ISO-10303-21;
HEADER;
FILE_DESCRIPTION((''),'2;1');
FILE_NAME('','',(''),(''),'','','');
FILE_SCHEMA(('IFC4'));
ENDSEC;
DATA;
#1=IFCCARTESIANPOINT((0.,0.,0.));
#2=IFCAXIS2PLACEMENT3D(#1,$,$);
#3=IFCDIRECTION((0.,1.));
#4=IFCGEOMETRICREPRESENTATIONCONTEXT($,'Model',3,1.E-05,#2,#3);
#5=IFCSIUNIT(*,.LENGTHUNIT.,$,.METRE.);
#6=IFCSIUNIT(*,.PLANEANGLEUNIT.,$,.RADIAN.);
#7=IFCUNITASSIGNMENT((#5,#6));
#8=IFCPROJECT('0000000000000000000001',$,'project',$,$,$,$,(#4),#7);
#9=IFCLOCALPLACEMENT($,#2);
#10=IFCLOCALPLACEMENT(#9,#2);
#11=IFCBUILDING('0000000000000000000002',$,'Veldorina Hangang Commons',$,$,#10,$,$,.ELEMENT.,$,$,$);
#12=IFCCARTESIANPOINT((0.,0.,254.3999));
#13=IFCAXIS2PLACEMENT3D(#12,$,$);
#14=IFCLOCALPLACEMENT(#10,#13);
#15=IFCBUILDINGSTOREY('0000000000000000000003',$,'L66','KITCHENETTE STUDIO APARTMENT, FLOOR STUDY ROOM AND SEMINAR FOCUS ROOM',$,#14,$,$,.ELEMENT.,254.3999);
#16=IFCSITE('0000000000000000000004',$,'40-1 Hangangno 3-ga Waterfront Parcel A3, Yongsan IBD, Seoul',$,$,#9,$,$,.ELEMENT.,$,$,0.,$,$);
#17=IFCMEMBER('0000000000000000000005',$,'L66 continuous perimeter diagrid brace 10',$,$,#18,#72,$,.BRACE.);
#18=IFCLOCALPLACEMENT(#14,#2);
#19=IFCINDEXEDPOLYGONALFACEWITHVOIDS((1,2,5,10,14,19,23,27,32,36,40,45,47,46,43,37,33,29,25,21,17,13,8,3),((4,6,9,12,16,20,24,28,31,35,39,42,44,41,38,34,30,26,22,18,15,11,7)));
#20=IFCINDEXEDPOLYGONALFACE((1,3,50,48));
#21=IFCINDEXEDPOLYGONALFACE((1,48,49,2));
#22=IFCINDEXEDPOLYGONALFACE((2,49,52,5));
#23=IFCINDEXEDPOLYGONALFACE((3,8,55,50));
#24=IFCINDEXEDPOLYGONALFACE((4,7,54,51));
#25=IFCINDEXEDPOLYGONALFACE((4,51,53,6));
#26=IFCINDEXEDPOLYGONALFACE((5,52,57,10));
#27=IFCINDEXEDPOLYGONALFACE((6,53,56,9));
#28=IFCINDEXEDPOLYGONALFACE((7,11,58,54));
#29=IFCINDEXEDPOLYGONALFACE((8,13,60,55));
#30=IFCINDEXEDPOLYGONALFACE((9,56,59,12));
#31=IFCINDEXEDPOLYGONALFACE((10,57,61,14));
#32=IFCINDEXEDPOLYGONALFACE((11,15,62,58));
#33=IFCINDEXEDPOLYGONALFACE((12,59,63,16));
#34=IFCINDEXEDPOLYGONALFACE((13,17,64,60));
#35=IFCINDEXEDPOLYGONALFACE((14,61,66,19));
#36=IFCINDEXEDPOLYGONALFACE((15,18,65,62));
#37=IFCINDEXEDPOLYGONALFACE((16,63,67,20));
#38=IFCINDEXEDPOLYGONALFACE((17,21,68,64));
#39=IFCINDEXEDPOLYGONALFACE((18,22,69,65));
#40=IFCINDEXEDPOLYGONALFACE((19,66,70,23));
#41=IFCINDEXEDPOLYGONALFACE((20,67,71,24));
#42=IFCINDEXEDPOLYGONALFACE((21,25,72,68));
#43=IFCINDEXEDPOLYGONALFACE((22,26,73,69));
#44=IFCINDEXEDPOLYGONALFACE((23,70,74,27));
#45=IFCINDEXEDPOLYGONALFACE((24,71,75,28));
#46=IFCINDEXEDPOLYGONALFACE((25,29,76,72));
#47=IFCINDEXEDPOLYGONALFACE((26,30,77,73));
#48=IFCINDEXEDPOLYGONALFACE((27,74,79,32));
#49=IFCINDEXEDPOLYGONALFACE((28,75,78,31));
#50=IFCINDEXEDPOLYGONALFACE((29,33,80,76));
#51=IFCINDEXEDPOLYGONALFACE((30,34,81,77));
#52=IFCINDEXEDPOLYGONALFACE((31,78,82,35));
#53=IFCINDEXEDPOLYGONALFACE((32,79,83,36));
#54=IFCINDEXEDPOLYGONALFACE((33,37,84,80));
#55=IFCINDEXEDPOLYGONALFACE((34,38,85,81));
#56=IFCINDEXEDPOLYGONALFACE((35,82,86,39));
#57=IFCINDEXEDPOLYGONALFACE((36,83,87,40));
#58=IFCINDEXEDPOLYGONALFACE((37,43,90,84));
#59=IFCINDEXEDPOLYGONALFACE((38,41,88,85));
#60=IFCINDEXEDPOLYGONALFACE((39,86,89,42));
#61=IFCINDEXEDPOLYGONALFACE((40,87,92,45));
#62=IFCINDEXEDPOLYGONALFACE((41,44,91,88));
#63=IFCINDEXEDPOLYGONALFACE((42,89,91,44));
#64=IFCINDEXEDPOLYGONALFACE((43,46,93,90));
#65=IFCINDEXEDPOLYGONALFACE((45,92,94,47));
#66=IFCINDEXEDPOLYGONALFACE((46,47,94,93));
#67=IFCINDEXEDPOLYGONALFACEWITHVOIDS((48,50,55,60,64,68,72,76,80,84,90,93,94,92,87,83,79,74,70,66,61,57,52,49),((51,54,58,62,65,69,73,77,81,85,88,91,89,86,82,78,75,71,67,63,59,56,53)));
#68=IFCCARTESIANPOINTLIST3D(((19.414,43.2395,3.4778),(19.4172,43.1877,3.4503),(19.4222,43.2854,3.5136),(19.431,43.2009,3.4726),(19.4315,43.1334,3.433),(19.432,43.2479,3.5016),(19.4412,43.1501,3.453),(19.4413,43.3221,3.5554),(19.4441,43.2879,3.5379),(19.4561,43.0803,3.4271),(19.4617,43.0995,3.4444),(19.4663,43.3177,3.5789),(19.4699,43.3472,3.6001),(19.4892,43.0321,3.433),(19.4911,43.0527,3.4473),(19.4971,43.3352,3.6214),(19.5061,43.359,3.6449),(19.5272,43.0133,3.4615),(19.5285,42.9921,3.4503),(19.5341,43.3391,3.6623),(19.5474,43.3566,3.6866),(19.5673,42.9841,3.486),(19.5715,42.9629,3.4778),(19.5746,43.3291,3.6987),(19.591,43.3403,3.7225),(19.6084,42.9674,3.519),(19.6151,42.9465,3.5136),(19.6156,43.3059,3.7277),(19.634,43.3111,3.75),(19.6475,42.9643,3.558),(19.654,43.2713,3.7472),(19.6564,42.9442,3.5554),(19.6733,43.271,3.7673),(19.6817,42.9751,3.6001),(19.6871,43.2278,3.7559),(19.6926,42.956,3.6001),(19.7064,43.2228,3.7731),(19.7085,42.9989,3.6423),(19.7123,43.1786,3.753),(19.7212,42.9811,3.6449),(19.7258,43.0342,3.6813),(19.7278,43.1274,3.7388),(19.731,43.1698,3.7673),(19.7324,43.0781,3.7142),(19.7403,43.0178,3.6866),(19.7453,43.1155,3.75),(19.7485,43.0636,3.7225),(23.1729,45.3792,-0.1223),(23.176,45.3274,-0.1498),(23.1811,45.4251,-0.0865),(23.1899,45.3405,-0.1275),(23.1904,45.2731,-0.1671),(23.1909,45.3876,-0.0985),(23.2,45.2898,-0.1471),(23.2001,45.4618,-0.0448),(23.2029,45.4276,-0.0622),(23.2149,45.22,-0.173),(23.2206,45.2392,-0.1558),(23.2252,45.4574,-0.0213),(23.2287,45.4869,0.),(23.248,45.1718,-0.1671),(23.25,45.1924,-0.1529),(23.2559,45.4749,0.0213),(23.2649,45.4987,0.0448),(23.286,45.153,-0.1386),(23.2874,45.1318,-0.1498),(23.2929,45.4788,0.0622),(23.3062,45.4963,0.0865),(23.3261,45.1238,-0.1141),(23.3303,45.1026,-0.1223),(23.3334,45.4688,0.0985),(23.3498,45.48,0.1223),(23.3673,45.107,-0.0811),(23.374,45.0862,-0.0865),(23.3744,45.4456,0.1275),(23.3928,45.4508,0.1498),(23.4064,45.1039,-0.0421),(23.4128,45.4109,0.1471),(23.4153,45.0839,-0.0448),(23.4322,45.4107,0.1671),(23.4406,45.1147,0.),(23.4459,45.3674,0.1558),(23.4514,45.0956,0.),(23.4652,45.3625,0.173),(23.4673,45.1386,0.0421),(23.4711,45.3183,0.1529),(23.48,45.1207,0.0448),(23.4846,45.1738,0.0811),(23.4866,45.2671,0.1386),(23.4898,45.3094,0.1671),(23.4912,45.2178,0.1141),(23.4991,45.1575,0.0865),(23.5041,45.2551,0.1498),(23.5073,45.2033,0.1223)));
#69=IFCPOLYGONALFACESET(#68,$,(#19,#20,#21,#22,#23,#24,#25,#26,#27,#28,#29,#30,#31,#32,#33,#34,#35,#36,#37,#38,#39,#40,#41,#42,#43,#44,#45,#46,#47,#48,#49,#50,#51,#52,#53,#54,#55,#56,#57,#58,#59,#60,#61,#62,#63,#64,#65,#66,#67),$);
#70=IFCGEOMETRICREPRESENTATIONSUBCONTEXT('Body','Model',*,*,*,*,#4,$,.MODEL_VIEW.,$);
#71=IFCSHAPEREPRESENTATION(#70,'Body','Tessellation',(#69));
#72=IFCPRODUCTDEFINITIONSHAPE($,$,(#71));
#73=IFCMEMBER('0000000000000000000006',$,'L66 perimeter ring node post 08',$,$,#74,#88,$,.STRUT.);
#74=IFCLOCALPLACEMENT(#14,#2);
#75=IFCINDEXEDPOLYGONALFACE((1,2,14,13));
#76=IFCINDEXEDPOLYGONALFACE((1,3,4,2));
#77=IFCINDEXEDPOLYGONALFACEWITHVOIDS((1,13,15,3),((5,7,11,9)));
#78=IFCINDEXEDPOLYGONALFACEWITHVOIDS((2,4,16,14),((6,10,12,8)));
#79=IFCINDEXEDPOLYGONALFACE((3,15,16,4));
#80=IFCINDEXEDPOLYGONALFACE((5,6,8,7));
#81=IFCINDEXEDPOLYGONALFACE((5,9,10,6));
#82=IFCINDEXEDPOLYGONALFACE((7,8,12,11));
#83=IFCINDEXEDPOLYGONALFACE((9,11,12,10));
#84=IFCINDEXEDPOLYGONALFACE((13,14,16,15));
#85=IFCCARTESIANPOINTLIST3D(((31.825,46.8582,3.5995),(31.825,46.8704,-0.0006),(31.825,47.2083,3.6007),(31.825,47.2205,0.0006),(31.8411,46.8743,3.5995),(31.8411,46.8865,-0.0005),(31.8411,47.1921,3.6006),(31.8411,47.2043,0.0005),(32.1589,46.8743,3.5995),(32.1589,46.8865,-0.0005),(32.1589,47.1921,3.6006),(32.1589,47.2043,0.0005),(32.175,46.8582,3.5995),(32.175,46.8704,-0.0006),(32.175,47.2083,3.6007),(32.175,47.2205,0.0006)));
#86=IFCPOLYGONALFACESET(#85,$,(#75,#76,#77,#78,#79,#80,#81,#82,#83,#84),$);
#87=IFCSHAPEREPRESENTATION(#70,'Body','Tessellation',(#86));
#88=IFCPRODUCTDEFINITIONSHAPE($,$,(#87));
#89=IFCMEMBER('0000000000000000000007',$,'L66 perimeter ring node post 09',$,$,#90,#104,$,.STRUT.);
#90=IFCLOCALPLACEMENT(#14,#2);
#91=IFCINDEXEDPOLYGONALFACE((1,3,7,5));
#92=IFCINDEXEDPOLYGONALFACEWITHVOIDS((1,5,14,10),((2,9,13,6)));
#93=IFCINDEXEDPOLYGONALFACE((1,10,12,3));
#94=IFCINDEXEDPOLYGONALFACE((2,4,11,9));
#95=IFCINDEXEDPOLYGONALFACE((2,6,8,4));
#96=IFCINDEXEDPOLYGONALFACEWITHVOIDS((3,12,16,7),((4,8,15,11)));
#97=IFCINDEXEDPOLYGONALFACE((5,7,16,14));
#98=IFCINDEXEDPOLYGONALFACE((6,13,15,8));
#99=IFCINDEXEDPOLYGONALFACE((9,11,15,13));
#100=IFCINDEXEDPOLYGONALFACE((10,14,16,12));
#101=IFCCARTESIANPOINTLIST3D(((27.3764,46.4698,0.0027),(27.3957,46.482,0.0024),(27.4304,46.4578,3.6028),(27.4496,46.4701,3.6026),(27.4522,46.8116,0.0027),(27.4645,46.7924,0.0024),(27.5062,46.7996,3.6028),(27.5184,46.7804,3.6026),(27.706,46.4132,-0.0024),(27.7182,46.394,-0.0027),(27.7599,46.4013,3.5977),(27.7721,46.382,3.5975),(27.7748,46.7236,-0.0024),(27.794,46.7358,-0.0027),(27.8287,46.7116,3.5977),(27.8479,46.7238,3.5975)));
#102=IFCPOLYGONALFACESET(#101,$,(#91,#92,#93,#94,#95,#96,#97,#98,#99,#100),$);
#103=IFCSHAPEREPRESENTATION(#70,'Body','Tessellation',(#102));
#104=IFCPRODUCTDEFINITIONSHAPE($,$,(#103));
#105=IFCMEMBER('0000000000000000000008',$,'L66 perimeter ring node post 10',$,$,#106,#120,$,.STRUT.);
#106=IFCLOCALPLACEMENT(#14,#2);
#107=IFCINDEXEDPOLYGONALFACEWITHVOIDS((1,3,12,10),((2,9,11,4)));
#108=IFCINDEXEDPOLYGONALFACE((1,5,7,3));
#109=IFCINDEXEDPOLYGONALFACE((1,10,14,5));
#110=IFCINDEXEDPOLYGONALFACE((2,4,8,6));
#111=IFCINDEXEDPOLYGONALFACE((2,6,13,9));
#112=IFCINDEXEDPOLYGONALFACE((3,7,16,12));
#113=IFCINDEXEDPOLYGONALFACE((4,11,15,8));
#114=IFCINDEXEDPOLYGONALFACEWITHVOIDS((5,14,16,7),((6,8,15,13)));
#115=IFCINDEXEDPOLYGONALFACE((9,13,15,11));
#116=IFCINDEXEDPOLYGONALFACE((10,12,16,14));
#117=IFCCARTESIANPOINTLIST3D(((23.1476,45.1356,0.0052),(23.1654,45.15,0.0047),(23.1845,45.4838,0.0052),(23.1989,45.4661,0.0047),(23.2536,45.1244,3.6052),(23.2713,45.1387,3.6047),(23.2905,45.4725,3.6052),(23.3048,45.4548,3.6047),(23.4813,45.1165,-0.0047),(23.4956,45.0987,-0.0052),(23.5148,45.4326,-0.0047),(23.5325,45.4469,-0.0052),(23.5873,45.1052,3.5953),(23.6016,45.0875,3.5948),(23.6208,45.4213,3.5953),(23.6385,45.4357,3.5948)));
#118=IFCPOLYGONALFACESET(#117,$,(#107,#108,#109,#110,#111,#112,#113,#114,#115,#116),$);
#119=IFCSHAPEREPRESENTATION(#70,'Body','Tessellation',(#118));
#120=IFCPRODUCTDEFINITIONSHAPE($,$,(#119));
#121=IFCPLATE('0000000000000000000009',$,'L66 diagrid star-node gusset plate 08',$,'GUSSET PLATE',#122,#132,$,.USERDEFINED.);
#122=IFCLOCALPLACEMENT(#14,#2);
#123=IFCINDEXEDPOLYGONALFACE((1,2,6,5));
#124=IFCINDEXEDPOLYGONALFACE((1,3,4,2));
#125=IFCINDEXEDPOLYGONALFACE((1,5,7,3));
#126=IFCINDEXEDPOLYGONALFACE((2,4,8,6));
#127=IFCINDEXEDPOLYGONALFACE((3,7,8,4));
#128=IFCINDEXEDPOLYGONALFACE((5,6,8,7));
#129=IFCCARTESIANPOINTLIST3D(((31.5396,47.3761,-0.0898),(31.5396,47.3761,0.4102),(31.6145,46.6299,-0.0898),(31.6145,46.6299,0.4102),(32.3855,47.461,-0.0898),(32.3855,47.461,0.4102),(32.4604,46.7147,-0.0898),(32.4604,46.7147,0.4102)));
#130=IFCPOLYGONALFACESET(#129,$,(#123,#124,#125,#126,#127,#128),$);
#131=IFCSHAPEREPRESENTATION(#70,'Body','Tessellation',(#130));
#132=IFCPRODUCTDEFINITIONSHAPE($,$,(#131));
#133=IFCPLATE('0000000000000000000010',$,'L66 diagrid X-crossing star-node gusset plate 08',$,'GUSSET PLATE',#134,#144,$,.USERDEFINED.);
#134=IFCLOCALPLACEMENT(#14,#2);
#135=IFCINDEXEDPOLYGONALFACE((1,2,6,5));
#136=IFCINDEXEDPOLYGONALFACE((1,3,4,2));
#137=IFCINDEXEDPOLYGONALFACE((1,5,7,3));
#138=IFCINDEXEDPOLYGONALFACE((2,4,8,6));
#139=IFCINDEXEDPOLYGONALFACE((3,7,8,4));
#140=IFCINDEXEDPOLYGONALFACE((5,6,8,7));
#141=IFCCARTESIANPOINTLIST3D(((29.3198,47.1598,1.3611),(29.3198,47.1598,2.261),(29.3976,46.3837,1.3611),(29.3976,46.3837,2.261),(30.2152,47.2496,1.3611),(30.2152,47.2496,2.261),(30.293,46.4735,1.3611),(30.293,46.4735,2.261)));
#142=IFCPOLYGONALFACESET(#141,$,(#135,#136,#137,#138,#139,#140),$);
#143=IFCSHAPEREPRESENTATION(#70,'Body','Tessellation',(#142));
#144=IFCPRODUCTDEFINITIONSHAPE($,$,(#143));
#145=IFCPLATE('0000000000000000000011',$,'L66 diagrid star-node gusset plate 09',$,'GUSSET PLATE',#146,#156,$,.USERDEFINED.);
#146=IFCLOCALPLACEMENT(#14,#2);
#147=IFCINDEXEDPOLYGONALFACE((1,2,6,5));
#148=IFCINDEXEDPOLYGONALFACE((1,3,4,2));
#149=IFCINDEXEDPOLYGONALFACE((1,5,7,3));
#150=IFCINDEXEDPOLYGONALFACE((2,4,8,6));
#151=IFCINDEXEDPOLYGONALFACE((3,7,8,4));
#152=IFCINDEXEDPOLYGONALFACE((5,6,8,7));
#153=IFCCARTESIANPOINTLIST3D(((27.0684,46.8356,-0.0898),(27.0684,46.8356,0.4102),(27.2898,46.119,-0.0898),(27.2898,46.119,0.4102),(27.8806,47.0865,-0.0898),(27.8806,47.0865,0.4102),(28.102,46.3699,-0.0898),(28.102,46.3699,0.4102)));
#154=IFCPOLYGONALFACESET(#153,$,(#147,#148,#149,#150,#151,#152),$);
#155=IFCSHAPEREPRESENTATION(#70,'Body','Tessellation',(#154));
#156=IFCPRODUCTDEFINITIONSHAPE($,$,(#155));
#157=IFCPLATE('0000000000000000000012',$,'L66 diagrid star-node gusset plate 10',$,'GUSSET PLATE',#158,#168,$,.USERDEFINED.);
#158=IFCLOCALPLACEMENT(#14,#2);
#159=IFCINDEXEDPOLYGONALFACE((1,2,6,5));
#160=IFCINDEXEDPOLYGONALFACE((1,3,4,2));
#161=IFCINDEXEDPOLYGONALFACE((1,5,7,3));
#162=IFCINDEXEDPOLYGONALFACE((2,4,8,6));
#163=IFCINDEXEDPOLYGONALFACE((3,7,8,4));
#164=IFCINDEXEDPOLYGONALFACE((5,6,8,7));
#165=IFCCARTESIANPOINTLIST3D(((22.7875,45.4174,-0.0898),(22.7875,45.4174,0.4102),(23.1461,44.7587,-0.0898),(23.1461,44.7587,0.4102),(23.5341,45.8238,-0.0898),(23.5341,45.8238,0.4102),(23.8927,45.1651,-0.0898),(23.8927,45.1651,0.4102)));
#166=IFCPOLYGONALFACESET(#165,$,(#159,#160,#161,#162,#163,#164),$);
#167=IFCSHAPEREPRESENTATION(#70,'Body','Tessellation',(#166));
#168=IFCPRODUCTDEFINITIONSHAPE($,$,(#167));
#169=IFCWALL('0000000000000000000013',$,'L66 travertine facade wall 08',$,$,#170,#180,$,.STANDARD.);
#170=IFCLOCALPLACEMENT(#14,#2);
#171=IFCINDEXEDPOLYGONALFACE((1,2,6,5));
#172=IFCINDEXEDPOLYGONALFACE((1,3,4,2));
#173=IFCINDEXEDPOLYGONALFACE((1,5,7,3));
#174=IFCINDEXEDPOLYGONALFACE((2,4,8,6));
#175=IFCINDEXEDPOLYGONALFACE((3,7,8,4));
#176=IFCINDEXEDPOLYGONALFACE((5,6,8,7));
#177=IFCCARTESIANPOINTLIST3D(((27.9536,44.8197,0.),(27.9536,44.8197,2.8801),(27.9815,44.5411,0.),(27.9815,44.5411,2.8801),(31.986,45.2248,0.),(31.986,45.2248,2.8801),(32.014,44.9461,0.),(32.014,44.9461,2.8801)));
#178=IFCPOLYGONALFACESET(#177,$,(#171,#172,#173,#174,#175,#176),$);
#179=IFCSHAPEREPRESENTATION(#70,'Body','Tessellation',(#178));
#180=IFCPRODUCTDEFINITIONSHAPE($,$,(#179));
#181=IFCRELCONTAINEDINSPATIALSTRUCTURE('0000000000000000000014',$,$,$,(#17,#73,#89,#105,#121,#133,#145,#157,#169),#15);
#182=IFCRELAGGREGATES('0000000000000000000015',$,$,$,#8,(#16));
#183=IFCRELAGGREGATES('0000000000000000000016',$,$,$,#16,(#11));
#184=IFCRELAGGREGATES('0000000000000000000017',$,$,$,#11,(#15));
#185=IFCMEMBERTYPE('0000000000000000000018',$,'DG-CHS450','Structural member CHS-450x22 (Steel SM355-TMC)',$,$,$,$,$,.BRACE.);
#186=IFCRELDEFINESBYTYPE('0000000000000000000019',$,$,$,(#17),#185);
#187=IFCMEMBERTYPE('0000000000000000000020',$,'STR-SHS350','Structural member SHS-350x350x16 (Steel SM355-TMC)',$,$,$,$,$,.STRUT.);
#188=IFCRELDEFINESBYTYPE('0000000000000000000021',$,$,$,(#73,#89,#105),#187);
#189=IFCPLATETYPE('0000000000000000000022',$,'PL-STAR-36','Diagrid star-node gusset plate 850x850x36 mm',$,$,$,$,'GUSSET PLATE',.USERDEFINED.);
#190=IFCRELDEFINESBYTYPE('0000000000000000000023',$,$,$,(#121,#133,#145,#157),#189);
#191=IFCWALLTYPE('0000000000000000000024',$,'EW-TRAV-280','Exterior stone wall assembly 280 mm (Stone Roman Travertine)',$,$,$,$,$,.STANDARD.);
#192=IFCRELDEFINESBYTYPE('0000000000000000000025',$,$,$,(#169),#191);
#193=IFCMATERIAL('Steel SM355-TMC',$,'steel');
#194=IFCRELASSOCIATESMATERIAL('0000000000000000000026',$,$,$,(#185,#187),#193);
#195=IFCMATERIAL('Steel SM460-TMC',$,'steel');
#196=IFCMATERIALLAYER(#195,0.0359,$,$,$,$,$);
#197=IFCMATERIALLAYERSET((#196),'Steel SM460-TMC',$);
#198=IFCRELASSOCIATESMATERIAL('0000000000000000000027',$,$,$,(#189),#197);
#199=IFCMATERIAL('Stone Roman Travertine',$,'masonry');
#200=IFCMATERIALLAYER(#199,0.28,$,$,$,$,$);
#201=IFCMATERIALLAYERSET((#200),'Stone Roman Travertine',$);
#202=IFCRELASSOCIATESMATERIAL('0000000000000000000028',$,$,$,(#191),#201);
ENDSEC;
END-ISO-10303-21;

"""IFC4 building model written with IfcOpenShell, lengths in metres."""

from ifc_helpers import new_model, si_unit, direction, frame, frame_2d, origin, origin_2d, place, context, subcontext, project, spatial, rectangle, hollow_rectangle, hollow_circle, extrude, material, layer, layer_set, material_profile, profile_set, type_object, element, save


model = new_model("IFC4")

# Units and contexts
model_context = context("Model", 3, precision=1e-05, world=origin(), true_north=direction((0.0, 1.0)))
body_context = subcontext(model_context, "Body", "Model", "MODEL_VIEW")
ifc_project = project(units=[si_unit("LENGTHUNIT", "METRE"), si_unit("PLANEANGLEUNIT", "RADIAN")], contexts=[model_context])

# Site, building, storey
site_placement = place(None, origin())
site = spatial("IfcSite", under=ifc_project, at=site_placement, Name="40-1 Hangangno 3-ga Waterfront Parcel A3, Yongsan IBD, Seoul", CompositionType="ELEMENT", RefElevation=0.0)
building_placement = place(site_placement, origin())
building = spatial("IfcBuilding", under=site, at=building_placement, Name="Veldorina Hangang Commons", CompositionType="ELEMENT")
storey_placement = place(building_placement, frame((0.0, 0.0, 254.3999)))
storey = spatial("IfcBuildingStorey", under=building, at=storey_placement, Name="L66", Description="KITCHENETTE STUDIO APARTMENT, FLOOR STUDY ROOM AND SEMINAR FOCUS ROOM", CompositionType="ELEMENT", Elevation=254.3999)

# Shared definitions
ifc_material_1 = material(Name="Steel SM355-TMC", Category="steel")

# Members
ifc_material_profile_1 = material_profile(ifc_material_1, hollow_circle(Radius=0.2251, WallThickness=0.022, at=origin_2d()), Name="CHS-450x22")
ifc_profile_set_1 = profile_set([ifc_material_profile_1], Name="Steel SM355-TMC")
member_type_1 = type_object("IfcMemberType", Name="DG-CHS450", Description="Structural member CHS-450x22 (Steel SM355-TMC)", PredefinedType="BRACE", material=ifc_profile_set_1)
member_1_placement = place(storey_placement, frame((23.3401, 45.2913, 0.0), z_axis=(-0.667948, -0.380222, 0.639748), x_axis=(0.494704, -0.869062, 0.0)))
element("IfcMember", 1, at=member_1_placement, inside=storey, type_object=member_type_1, Name="L66 continuous perimeter diagrid brace 10", PredefinedType="BRACE", context=body_context, shape_type="SweptSolid", body=[
    extrude(hollow_circle(Radius=0.2251, WallThickness=0.022, at=origin_2d()), origin(), (0.0, 0.0, 1.0), 5.6274),
])
ifc_material_profile_2 = material_profile(ifc_material_1, hollow_rectangle(XDim=0.3501, YDim=0.3501, WallThickness=0.0161, at=origin_2d()), Name="SHS-350x350x16")
ifc_profile_set_2 = profile_set([ifc_material_profile_2], Name="Steel SM355-TMC")
member_type_2 = type_object("IfcMemberType", Name="STR-SHS350", Description="Structural member SHS-350x350x16 (Steel SM355-TMC)", PredefinedType="STRUT", material=ifc_profile_set_2)
member_2_placement = place(storey_placement, frame((32.0, 47.0454, 0.0), z_axis=(0.0, -0.003391, 0.999994), x_axis=(1.0, 0.0, 0.0)))
element("IfcMember", 2, at=member_2_placement, inside=storey, type_object=member_type_2, Name="L66 perimeter ring node post 08", PredefinedType="STRUT", context=body_context, shape_type="SweptSolid", body=[
    extrude(hollow_rectangle(XDim=0.3501, YDim=0.3501, WallThickness=0.0161, at=origin_2d()), origin(), (0.0, 0.0, 1.0), 3.6001),
])
member_3_placement = place(storey_placement, frame((27.5852, 46.6028, 0.0), z_axis=(0.014985, -0.003323, 0.999882), x_axis=(0.216463, 0.976291, 0.0)))
element("IfcMember", 3, at=member_3_placement, inside=storey, type_object=member_type_2, Name="L66 perimeter ring node post 09", PredefinedType="STRUT", context=body_context, shape_type="SweptSolid", body=[
    extrude(hollow_rectangle(XDim=0.3501, YDim=0.3501, WallThickness=0.0161, at=origin_2d()), origin(), (0.0, 0.0, 1.0), 3.6006),
])
member_4_placement = place(storey_placement, frame((23.3401, 45.2913, 0.0), z_axis=(0.029419, -0.003118, 0.999562), x_axis=(0.1054, 0.99443, 0.0)))
element("IfcMember", 4, at=member_4_placement, inside=storey, type_object=member_type_2, Name="L66 perimeter ring node post 10", PredefinedType="STRUT", context=body_context, shape_type="SweptSolid", body=[
    extrude(hollow_rectangle(XDim=0.3501, YDim=0.3501, WallThickness=0.0161, at=origin_2d()), origin(), (0.0, 0.0, 1.0), 3.6016),
])

# Plates
ifc_material_2 = material(Name="Steel SM460-TMC", Category="steel")
ifc_layer_1 = layer(ifc_material_2, 0.0359)
ifc_layer_set_1 = layer_set([ifc_layer_1], Name="Steel SM460-TMC")
plate_type = type_object("IfcPlateType", Name="PL-STAR-36", Description="Diagrid star-node gusset plate 850x850x36 mm", ElementType="GUSSET PLATE", PredefinedType="USERDEFINED", material=ifc_layer_set_1)
plate_1_placement = place(storey_placement, frame((32.0, 47.0454, -0.0898), z_axis=(0.0, 0.0, 1.0), x_axis=(-0.995007, -0.099806, 0.0)))
element("IfcPlate", 5, at=plate_1_placement, inside=storey, type_object=plate_type, Name="L66 diagrid star-node gusset plate 08", ObjectType="GUSSET PLATE", PredefinedType="USERDEFINED", context=body_context, shape_type="SweptSolid", body=[
    extrude(rectangle(XDim=0.8501, YDim=0.75, at=origin_2d()), origin(), (0.0, 0.0, 1.0), 0.5),
])
plate_2_placement = place(storey_placement, frame((29.8064, 46.8167, 1.3611), z_axis=(0.0, 0.0, 1.0), x_axis=(-0.995007, -0.099806, 0.0)))
element("IfcPlate", 6, at=plate_2_placement, inside=storey, type_object=plate_type, Name="L66 diagrid X-crossing star-node gusset plate 08", ObjectType="GUSSET PLATE", PredefinedType="USERDEFINED", context=body_context, shape_type="SweptSolid", body=[
    extrude(rectangle(XDim=0.8999, YDim=0.78, at=origin_2d()), origin(), (0.0, 0.0, 1.0), 0.8999),
])
for number, where, z_axis, x_axis, name in (
    (7, (27.5852, 46.6028, -0.0898), (0.0, 0.0, 1.0), (-0.955449, -0.295158, 0.0), "L66 diagrid star-node gusset plate 09"),
    (8, (23.3401, 45.2913, -0.0898), (0.0, 0.0, 1.0), (-0.8783, -0.478109, 0.0), "L66 diagrid star-node gusset plate 10"),
):
    element("IfcPlate", number, at=place(storey_placement, frame(where, z_axis=z_axis, x_axis=x_axis)), inside=storey, type_object=plate_type, Name=name, ObjectType="GUSSET PLATE", PredefinedType="USERDEFINED", context=body_context, shape_type="SweptSolid", body=[
        extrude(rectangle(XDim=0.8501, YDim=0.75, at=origin_2d()), origin(), (0.0, 0.0, 1.0), 0.5),
    ])

# Wall
ifc_material_3 = material(Name="Stone Roman Travertine", Category="masonry")
ifc_layer_2 = layer(ifc_material_3, 0.28)
ifc_layer_set_2 = layer_set([ifc_layer_2], Name="Stone Roman Travertine")
wall_type_1 = type_object("IfcWallType", Name="EW-TRAV-280", Description="Exterior stone wall assembly 280 mm (Stone Roman Travertine)", PredefinedType="STANDARD", material=ifc_layer_set_2)
wall_1_placement = place(storey_placement, frame((32.0, 45.0854, 0.0), z_axis=(0.0, 0.0, 1.0), x_axis=(-0.994994, -0.099939, 0.0)))
element("IfcWall", 9, at=wall_1_placement, inside=storey, type_object=wall_type_1, Name="L66 travertine facade wall 08", PredefinedType="STANDARD", context=body_context, shape_type="SweptSolid", body=[
    extrude(rectangle(XDim=4.0527, YDim=0.28, at=frame_2d((2.0264, 0.0))), origin(), (0.0, 0.0, 1.0), 2.8801),
])

save(model, "model.ifc")
